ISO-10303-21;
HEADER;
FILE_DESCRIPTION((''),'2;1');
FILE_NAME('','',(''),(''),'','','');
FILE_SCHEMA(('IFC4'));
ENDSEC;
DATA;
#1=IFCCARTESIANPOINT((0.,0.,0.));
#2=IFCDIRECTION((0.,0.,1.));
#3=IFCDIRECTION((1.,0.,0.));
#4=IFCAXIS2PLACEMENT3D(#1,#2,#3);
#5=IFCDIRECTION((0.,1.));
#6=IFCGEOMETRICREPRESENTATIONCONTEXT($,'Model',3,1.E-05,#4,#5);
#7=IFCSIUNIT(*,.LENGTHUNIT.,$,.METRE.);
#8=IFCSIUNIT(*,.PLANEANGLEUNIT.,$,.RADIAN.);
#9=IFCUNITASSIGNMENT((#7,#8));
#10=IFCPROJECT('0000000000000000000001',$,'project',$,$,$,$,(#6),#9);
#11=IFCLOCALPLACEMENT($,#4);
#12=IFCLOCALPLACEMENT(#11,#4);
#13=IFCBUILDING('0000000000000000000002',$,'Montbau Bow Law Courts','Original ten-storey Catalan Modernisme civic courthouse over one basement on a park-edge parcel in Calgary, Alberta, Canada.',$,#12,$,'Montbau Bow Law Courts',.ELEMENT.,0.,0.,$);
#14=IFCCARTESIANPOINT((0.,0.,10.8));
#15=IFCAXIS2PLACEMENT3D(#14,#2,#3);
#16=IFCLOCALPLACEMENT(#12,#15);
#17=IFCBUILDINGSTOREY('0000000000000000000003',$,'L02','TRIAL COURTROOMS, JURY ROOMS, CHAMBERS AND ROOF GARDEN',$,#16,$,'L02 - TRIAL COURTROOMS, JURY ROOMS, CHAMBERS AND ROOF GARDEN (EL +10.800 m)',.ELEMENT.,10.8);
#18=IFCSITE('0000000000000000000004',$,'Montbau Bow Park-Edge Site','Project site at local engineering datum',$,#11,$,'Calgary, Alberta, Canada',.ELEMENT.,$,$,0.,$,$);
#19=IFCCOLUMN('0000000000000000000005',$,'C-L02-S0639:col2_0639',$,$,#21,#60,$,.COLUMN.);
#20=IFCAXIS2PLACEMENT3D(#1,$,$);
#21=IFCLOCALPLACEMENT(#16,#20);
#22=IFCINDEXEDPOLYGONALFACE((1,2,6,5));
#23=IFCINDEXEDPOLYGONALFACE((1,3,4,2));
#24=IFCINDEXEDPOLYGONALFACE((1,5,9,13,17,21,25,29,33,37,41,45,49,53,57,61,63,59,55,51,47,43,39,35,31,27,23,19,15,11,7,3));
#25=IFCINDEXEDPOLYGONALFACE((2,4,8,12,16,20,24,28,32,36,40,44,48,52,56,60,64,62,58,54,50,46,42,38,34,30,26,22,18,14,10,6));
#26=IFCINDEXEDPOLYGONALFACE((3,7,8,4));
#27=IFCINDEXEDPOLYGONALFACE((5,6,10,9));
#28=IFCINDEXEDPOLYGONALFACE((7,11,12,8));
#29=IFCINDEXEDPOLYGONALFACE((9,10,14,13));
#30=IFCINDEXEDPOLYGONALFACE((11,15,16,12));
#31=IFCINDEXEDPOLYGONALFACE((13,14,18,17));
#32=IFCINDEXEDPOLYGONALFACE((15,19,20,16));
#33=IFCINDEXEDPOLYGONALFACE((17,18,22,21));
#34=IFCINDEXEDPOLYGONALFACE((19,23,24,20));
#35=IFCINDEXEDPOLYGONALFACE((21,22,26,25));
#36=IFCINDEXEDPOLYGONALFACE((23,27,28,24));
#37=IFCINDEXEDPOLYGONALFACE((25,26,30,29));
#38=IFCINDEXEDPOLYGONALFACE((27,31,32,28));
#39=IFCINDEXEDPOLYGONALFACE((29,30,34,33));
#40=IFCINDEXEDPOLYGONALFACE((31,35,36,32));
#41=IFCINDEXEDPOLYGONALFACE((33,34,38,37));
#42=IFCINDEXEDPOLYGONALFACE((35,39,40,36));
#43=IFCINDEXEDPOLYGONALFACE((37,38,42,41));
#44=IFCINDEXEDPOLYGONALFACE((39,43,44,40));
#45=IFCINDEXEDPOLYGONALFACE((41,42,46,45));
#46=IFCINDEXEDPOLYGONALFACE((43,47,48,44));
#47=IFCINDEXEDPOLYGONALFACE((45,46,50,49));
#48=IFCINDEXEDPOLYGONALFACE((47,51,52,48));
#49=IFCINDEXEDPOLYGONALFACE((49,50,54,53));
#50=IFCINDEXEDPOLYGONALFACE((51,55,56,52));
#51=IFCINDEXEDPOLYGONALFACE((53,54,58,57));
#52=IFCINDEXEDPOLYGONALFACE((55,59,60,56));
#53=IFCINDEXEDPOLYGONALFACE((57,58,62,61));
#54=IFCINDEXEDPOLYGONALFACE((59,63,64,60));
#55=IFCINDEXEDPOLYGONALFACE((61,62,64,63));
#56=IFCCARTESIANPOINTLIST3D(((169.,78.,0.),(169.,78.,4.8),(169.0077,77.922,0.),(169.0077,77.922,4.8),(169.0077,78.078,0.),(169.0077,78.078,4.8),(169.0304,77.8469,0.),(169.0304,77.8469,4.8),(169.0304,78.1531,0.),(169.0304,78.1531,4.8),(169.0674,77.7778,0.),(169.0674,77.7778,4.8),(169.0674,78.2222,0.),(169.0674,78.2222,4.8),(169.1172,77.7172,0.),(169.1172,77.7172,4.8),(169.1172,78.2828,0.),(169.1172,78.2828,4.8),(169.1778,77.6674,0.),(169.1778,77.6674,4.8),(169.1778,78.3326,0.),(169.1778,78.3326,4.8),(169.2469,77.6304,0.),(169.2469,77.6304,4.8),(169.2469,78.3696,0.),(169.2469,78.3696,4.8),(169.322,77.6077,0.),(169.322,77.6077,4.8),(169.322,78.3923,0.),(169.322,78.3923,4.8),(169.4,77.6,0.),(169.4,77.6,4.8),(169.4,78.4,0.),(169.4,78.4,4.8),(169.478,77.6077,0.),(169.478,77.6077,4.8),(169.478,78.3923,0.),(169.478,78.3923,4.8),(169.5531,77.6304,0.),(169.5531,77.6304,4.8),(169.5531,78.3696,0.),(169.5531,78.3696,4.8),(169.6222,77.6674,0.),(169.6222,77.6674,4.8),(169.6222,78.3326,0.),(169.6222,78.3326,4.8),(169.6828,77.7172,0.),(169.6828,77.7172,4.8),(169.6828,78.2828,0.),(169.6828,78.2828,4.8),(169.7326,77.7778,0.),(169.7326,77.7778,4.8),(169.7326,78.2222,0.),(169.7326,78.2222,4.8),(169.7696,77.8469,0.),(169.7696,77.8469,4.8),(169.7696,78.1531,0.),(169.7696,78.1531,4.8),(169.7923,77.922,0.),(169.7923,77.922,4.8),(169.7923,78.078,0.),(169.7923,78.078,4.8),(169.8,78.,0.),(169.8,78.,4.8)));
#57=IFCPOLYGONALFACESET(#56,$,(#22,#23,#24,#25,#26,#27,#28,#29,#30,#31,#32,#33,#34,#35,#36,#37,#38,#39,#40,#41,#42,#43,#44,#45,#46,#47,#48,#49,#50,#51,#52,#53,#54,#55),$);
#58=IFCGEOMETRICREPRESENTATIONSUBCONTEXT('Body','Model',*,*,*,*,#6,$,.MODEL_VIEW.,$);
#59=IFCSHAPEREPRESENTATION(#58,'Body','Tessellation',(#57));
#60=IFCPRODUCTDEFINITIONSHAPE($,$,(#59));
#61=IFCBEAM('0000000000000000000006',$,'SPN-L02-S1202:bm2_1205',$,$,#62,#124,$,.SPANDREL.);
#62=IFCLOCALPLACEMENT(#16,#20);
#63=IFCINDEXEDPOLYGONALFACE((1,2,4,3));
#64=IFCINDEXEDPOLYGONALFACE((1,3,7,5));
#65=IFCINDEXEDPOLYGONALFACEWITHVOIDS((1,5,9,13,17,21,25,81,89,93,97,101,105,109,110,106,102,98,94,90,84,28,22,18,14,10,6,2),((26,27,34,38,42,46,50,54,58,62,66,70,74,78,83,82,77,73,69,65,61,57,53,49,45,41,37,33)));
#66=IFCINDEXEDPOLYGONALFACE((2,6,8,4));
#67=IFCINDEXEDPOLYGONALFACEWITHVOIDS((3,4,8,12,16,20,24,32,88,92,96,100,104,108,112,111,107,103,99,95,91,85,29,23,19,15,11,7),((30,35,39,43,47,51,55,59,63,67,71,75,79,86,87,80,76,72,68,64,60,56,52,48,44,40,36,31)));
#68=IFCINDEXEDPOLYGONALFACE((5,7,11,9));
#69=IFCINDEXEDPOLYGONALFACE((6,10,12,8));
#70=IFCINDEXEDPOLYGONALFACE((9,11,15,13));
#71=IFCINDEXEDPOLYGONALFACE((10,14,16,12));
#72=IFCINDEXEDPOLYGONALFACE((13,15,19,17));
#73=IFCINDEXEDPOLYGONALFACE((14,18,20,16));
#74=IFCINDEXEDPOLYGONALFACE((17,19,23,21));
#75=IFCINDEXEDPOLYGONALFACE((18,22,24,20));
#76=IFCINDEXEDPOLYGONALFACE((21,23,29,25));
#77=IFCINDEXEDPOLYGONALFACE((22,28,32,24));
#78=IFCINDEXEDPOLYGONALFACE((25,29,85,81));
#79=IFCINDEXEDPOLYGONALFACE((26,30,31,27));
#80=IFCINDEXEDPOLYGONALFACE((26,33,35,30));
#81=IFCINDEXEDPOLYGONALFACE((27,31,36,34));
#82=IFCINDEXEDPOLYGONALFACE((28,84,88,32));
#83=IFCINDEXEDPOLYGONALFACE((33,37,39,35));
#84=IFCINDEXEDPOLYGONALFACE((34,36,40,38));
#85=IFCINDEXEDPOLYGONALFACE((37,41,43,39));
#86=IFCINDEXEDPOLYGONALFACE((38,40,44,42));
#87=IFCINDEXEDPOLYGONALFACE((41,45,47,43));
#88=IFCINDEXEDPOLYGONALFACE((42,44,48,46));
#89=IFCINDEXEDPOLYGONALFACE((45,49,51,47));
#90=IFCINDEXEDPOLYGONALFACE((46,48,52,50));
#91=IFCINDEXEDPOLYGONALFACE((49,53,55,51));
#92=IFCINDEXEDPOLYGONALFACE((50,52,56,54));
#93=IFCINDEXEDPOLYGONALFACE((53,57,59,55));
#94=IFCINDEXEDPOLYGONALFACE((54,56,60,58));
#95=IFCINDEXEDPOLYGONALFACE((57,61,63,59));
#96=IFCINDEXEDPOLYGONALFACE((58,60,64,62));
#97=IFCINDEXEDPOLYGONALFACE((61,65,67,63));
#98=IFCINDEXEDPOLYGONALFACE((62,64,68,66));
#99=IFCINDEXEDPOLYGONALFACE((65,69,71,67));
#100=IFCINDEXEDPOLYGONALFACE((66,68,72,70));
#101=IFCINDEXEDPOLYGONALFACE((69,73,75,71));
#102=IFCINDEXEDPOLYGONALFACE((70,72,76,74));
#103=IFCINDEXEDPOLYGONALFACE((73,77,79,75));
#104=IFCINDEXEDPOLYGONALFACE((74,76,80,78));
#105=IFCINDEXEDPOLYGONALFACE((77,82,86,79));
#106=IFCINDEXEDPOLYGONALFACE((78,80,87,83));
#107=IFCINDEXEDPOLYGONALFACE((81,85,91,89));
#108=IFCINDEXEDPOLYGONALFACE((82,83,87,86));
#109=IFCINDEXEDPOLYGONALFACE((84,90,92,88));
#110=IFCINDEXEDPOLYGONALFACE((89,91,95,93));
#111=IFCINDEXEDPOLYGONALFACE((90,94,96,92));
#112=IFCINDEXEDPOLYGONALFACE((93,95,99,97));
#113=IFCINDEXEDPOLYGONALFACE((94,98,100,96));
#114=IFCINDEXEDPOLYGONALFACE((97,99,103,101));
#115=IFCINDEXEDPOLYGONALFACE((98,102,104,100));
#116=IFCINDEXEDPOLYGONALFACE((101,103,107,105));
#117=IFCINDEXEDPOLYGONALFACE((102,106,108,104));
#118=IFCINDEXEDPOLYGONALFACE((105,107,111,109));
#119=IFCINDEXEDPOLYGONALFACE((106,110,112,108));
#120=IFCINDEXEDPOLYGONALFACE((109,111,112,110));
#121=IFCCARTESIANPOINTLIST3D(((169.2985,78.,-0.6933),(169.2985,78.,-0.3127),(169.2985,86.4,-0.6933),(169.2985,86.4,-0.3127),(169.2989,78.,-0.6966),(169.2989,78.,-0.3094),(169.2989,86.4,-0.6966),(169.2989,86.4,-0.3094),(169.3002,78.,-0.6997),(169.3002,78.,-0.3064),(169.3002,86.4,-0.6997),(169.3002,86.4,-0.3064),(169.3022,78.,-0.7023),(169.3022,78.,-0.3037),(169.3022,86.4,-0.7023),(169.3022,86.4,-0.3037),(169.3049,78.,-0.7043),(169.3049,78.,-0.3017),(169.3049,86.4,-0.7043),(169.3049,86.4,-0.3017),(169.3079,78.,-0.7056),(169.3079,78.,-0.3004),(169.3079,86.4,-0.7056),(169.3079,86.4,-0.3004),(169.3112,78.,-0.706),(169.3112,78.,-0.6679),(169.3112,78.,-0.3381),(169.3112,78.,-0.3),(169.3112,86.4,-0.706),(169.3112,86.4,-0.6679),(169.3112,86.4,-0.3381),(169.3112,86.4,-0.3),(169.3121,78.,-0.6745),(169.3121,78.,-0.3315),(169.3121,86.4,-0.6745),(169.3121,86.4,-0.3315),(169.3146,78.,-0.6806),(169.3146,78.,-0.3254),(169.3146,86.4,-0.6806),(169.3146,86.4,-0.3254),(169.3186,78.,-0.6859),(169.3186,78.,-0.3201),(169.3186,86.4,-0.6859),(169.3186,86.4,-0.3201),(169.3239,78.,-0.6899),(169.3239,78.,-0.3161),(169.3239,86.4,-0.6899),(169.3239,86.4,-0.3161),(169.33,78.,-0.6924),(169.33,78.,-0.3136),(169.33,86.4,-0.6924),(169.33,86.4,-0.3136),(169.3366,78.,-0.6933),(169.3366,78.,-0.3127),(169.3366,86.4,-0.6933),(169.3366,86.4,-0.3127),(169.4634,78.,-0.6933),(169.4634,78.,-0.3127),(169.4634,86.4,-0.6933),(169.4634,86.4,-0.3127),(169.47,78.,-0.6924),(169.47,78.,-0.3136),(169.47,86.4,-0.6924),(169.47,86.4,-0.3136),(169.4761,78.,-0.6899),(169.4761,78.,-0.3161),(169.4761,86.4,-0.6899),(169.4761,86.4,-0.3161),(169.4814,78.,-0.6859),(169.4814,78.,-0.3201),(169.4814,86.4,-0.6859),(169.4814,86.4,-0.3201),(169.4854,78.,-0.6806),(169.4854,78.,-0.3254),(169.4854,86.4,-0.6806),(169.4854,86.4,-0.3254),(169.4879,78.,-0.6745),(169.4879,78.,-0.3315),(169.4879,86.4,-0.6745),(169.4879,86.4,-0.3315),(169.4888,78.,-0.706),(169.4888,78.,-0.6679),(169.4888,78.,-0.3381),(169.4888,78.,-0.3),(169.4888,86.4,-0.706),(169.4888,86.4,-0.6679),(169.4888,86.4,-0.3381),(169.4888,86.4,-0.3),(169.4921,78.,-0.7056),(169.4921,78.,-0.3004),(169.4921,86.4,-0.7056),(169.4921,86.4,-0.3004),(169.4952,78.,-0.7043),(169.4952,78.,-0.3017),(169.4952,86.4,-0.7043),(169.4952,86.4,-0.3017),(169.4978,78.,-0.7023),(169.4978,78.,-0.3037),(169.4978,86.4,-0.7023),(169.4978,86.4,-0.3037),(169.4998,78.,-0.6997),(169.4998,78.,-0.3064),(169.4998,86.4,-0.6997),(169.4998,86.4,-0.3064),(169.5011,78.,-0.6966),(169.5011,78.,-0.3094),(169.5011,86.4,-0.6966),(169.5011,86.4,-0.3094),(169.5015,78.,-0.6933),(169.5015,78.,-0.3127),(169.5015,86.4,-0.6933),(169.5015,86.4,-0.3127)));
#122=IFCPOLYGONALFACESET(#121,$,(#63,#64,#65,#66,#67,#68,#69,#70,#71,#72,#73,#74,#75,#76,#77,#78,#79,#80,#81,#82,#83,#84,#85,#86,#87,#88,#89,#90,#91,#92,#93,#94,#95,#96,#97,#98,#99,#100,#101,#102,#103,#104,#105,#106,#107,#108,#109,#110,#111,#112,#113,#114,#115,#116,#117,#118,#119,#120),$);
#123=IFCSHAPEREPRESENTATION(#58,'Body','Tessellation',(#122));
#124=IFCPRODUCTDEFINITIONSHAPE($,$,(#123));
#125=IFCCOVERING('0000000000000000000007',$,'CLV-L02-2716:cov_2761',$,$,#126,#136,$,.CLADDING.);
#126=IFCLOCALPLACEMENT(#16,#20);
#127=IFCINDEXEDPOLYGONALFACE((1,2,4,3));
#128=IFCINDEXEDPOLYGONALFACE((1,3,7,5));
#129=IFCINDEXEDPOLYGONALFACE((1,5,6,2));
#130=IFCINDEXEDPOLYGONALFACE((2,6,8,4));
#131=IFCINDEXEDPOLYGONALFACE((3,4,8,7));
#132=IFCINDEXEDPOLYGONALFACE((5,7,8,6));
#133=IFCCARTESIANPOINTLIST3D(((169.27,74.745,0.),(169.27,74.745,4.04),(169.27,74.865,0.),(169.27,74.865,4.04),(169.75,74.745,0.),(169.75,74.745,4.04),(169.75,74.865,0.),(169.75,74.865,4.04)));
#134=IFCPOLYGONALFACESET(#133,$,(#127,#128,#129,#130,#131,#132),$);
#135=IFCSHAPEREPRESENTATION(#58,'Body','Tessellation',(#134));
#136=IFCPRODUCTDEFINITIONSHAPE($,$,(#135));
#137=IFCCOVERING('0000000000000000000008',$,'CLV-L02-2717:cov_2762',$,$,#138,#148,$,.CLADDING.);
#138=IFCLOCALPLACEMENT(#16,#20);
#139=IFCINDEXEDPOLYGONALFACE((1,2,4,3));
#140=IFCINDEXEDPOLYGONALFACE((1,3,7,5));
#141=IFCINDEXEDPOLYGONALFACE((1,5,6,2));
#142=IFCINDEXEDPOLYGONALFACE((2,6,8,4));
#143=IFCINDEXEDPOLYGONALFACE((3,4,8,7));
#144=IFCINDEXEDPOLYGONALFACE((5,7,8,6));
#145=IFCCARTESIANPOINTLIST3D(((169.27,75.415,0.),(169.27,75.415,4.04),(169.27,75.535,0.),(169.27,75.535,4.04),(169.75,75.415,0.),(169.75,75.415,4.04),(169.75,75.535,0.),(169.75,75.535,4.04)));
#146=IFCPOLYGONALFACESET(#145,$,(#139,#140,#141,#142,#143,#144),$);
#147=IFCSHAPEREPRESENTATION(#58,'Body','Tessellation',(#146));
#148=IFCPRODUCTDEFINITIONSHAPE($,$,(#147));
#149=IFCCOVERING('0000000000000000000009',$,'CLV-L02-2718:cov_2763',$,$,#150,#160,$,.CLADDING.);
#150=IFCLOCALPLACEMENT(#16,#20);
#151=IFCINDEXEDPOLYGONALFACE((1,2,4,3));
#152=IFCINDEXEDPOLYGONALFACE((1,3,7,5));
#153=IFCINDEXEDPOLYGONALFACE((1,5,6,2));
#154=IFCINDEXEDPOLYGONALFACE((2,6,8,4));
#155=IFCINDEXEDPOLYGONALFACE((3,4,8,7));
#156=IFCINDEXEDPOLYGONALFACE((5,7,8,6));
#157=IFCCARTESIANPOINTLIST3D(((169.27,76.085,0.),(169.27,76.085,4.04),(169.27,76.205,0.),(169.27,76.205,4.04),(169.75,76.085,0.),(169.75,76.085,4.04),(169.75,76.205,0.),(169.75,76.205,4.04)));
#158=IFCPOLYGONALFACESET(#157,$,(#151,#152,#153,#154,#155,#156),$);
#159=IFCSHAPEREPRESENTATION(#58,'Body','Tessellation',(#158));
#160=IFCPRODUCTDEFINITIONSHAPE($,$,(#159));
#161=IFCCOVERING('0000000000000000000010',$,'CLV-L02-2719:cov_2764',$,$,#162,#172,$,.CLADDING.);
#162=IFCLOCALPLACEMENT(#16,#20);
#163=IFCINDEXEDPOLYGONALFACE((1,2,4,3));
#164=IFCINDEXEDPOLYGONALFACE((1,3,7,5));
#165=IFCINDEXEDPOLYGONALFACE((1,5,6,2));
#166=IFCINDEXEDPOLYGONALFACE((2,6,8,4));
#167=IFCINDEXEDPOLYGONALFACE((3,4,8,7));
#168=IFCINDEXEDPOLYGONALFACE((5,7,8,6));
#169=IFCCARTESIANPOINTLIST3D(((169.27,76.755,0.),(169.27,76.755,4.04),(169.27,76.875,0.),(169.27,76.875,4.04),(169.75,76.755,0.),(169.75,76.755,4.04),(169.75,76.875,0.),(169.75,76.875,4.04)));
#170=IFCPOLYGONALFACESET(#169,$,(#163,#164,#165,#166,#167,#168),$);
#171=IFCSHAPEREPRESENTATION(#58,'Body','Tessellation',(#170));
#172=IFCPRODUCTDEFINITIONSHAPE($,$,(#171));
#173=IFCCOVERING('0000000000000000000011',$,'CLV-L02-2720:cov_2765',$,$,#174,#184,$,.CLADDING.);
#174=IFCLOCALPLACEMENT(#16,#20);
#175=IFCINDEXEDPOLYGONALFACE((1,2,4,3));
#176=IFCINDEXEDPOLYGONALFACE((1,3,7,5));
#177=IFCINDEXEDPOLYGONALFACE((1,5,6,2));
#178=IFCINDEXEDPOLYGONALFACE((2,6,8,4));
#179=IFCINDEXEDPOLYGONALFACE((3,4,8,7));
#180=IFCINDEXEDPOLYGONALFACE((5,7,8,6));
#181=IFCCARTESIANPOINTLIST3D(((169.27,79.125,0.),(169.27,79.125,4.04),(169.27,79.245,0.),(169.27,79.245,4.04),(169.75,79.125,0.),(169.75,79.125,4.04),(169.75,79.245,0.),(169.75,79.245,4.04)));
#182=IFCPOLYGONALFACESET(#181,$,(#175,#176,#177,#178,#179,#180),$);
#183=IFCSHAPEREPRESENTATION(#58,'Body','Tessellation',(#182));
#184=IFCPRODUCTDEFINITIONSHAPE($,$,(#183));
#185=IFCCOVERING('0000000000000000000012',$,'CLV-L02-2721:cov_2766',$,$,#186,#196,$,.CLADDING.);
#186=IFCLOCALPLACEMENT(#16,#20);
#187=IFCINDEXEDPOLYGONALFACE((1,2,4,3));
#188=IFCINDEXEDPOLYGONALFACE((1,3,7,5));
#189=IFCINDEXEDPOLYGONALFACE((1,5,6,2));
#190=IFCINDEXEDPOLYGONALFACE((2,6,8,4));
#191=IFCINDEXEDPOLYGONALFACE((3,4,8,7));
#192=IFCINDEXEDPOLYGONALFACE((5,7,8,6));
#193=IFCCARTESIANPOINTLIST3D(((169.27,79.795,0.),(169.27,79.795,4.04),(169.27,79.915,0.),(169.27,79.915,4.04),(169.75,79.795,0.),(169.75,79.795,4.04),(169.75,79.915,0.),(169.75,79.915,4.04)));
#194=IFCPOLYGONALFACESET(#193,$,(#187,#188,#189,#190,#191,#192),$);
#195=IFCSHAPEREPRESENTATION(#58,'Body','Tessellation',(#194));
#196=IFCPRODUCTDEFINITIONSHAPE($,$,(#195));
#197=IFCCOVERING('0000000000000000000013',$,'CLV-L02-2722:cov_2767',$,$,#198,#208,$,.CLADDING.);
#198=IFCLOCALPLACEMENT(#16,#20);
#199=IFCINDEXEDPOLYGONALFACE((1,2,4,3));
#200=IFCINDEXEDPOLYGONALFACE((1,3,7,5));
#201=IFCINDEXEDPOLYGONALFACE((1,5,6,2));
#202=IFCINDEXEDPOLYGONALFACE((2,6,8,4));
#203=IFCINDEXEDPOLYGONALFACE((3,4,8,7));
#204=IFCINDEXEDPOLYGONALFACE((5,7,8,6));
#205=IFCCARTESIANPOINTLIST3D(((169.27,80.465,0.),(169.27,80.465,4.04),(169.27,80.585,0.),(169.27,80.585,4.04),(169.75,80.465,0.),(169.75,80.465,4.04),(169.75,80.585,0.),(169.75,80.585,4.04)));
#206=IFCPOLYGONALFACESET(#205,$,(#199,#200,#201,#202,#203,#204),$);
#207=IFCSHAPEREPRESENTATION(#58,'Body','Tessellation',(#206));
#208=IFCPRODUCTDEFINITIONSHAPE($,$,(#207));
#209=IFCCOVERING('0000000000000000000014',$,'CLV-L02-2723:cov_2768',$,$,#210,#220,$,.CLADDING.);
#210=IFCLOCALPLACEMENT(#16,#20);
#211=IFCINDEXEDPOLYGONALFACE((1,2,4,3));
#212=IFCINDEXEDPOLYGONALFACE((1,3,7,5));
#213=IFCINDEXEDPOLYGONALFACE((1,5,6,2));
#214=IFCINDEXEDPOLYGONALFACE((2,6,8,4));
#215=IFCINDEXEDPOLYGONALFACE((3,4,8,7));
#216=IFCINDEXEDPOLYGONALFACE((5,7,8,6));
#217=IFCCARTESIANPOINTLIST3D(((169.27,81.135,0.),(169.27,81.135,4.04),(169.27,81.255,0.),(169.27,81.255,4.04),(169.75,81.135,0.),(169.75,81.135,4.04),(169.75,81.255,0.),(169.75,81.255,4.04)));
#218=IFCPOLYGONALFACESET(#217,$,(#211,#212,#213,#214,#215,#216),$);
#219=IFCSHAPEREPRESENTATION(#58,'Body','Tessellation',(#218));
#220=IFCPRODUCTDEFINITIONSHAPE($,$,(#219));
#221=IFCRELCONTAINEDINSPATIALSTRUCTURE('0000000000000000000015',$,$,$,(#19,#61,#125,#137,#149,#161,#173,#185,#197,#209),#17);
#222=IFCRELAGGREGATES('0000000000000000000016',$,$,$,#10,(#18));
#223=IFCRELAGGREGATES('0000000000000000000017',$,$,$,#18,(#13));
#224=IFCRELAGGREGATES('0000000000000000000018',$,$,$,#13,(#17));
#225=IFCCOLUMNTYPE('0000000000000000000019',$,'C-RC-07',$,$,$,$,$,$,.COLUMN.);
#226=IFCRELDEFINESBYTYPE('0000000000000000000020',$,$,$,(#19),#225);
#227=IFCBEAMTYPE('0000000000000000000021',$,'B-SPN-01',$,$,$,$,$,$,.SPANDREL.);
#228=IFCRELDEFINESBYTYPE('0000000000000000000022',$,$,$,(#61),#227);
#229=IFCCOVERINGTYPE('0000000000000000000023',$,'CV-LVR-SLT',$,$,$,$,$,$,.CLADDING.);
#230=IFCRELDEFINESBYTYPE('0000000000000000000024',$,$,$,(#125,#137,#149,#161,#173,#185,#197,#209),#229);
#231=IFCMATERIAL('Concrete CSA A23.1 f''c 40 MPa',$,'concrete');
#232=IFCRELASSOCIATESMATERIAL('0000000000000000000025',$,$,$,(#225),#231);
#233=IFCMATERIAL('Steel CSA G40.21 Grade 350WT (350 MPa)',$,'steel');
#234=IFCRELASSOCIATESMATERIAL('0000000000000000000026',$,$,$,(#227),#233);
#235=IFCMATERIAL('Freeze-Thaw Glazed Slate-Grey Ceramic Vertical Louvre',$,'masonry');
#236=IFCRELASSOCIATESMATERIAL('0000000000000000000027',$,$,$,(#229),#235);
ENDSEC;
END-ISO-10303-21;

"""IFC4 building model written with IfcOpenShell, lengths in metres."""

from ifc_helpers import new_model, si_unit, direction, frame, frame_2d, origin_with_axes, origin_2d_with_axis, place, context, subcontext, project, spatial, rectangle, hollow_rectangle, circle, extrude, material, material_profile, profile_set, type_object, element, save


model = new_model("IFC4")

# Units and contexts
model_context = context("Model", 3, precision=1e-05, world=origin_with_axes(), true_north=direction((0.0, 1.0)))
body_context = subcontext(model_context, "Body", "Model", "MODEL_VIEW")
ifc_project = project(units=[si_unit("LENGTHUNIT", "METRE"), si_unit("PLANEANGLEUNIT", "RADIAN")], contexts=[model_context])

# Site, building, storey
site_placement = place(None, origin_with_axes())
site = spatial("IfcSite", under=ifc_project, at=site_placement, Name="Montbau Bow Park-Edge Site", Description="Project site at local engineering datum", LongName="Calgary, Alberta, Canada", CompositionType="ELEMENT", RefElevation=0.0)
building_placement = place(site_placement, origin_with_axes())
building = spatial("IfcBuilding", under=site, at=building_placement, Name="Montbau Bow Law Courts", Description="Original ten-storey Catalan Modernisme civic courthouse over one basement on a park-edge parcel in Calgary, Alberta, Canada.", LongName="Montbau Bow Law Courts", CompositionType="ELEMENT", ElevationOfRefHeight=0.0, ElevationOfTerrain=0.0)
storey_placement = place(building_placement, frame((0.0, 0.0, 10.8), z_axis=(0.0, 0.0, 1.0), x_axis=(1.0, 0.0, 0.0)))
storey = spatial("IfcBuildingStorey", under=building, at=storey_placement, Name="L02", Description="TRIAL COURTROOMS, JURY ROOMS, CHAMBERS AND ROOF GARDEN", LongName="L02 - TRIAL COURTROOMS, JURY ROOMS, CHAMBERS AND ROOF GARDEN (EL +10.800 m)", CompositionType="ELEMENT", Elevation=10.8)

# Column
ifc_material_1 = material(Name="Concrete CSA A23.1 f'c 40 MPa", Category="concrete")
ifc_material_profile_1 = material_profile(ifc_material_1, circle(Radius=0.4, at=origin_2d_with_axis()), Name="RC800D", Category="Main", Priority=0)
ifc_profile_set_1 = profile_set([ifc_material_profile_1], Name="Concrete CSA A23.1 f'c 40 MPa")
column_type = type_object("IfcColumnType", Name="C-RC-07", PredefinedType="COLUMN", material=ifc_profile_set_1)
column_placement = place(None, frame((169.4, 78.0, 10.8), z_axis=(0.0, 0.0, 1.0), x_axis=(1.0, 0.0, 0.0)))
element("IfcColumn", 1, at=column_placement, inside=storey, type_object=column_type, Name="C-L02-S0639:col2_0639", PredefinedType="COLUMN", context=body_context, shape_type="SweptSolid", body=[
    extrude(circle(Radius=0.4, at=origin_2d_with_axis()), origin_with_axes(), (0.0, 0.0, 1.0), 4.8),
])

# Beam
ifc_material_2 = material(Name="Steel CSA G40.21 Grade 350WT (350 MPa)", Category="steel")
ifc_material_profile_2 = material_profile(ifc_material_2, hollow_rectangle(XDim=0.203, YDim=0.406, WallThickness=0.0127, InnerFilletRadius=0.0254, OuterFilletRadius=0.0127, at=origin_2d_with_axis()), Name="HSS406X203X13", Category="Main", Priority=0)
ifc_profile_set_2 = profile_set([ifc_material_profile_2], Name="Steel CSA G40.21 Grade 350WT (350 MPa)")
beam_type = type_object("IfcBeamType", Name="B-SPN-01", PredefinedType="SPANDREL", material=ifc_profile_set_2)
beam_placement = place(None, frame((169.4, 78.0, 10.297), z_axis=(0.0, 1.0, 0.0), x_axis=(-1.0, 0.0, 0.0)))
element("IfcBeam", 2, at=beam_placement, inside=storey, type_object=beam_type, Name="SPN-L02-S1202:bm2_1205", PredefinedType="SPANDREL", context=body_context, shape_type="SweptSolid", body=[
    extrude(hollow_rectangle(XDim=0.203, YDim=0.406, WallThickness=0.0127, InnerFilletRadius=0.0254, OuterFilletRadius=0.0127, at=origin_2d_with_axis()), origin_with_axes(), (0.0, 0.0, 1.0), 8.4),
])

# Coverings
ifc_material_3 = material(Name="Freeze-Thaw Glazed Slate-Grey Ceramic Vertical Louvre", Category="masonry")
covering_type = type_object("IfcCoveringType", Name="CV-LVR-SLT", PredefinedType="CLADDING", material=ifc_material_3)
for number, where, z_axis, x_axis, name in (
    (3, (169.27, 74.805, 10.8), (0.0, -1.0, 0.0), (1.0, 0.0, 0.0), "CLV-L02-2716:cov_2761"),
    (4, (169.27, 75.475, 10.8), (0.0, -1.0, 0.0), (1.0, 0.0, 0.0), "CLV-L02-2717:cov_2762"),
    (5, (169.27, 76.145, 10.8), (0.0, -1.0, 0.0), (1.0, 0.0, 0.0), "CLV-L02-2718:cov_2763"),
    (6, (169.27, 76.815, 10.8), (0.0, -1.0, 0.0), (1.0, 0.0, 0.0), "CLV-L02-2719:cov_2764"),
    (7, (169.27, 79.185, 10.8), (0.0, -1.0, 0.0), (1.0, 0.0, 0.0), "CLV-L02-2720:cov_2765"),
    (8, (169.27, 79.855, 10.8), (0.0, -1.0, 0.0), (1.0, 0.0, 0.0), "CLV-L02-2721:cov_2766"),
    (9, (169.27, 80.525, 10.8), (0.0, -1.0, 0.0), (1.0, 0.0, 0.0), "CLV-L02-2722:cov_2767"),
    (10, (169.27, 81.195, 10.8), (0.0, -1.0, 0.0), (1.0, 0.0, 0.0), "CLV-L02-2723:cov_2768"),
):
    element("IfcCovering", number, at=place(None, frame(where, z_axis=z_axis, x_axis=x_axis)), inside=storey, type_object=covering_type, Name=name, PredefinedType="CLADDING", context=body_context, shape_type="SweptSolid", body=[
        extrude(rectangle(XDim=0.48, YDim=4.04, at=frame_2d((0.24, 2.02), x_axis=(1.0, 0.0))), frame((0.0, 0.0, -0.06), z_axis=(0.0, 0.0, 1.0), x_axis=(1.0, 0.0, 0.0)), (0.0, 0.0, 1.0), 0.12),
    ])

save(model, "model.ifc")
